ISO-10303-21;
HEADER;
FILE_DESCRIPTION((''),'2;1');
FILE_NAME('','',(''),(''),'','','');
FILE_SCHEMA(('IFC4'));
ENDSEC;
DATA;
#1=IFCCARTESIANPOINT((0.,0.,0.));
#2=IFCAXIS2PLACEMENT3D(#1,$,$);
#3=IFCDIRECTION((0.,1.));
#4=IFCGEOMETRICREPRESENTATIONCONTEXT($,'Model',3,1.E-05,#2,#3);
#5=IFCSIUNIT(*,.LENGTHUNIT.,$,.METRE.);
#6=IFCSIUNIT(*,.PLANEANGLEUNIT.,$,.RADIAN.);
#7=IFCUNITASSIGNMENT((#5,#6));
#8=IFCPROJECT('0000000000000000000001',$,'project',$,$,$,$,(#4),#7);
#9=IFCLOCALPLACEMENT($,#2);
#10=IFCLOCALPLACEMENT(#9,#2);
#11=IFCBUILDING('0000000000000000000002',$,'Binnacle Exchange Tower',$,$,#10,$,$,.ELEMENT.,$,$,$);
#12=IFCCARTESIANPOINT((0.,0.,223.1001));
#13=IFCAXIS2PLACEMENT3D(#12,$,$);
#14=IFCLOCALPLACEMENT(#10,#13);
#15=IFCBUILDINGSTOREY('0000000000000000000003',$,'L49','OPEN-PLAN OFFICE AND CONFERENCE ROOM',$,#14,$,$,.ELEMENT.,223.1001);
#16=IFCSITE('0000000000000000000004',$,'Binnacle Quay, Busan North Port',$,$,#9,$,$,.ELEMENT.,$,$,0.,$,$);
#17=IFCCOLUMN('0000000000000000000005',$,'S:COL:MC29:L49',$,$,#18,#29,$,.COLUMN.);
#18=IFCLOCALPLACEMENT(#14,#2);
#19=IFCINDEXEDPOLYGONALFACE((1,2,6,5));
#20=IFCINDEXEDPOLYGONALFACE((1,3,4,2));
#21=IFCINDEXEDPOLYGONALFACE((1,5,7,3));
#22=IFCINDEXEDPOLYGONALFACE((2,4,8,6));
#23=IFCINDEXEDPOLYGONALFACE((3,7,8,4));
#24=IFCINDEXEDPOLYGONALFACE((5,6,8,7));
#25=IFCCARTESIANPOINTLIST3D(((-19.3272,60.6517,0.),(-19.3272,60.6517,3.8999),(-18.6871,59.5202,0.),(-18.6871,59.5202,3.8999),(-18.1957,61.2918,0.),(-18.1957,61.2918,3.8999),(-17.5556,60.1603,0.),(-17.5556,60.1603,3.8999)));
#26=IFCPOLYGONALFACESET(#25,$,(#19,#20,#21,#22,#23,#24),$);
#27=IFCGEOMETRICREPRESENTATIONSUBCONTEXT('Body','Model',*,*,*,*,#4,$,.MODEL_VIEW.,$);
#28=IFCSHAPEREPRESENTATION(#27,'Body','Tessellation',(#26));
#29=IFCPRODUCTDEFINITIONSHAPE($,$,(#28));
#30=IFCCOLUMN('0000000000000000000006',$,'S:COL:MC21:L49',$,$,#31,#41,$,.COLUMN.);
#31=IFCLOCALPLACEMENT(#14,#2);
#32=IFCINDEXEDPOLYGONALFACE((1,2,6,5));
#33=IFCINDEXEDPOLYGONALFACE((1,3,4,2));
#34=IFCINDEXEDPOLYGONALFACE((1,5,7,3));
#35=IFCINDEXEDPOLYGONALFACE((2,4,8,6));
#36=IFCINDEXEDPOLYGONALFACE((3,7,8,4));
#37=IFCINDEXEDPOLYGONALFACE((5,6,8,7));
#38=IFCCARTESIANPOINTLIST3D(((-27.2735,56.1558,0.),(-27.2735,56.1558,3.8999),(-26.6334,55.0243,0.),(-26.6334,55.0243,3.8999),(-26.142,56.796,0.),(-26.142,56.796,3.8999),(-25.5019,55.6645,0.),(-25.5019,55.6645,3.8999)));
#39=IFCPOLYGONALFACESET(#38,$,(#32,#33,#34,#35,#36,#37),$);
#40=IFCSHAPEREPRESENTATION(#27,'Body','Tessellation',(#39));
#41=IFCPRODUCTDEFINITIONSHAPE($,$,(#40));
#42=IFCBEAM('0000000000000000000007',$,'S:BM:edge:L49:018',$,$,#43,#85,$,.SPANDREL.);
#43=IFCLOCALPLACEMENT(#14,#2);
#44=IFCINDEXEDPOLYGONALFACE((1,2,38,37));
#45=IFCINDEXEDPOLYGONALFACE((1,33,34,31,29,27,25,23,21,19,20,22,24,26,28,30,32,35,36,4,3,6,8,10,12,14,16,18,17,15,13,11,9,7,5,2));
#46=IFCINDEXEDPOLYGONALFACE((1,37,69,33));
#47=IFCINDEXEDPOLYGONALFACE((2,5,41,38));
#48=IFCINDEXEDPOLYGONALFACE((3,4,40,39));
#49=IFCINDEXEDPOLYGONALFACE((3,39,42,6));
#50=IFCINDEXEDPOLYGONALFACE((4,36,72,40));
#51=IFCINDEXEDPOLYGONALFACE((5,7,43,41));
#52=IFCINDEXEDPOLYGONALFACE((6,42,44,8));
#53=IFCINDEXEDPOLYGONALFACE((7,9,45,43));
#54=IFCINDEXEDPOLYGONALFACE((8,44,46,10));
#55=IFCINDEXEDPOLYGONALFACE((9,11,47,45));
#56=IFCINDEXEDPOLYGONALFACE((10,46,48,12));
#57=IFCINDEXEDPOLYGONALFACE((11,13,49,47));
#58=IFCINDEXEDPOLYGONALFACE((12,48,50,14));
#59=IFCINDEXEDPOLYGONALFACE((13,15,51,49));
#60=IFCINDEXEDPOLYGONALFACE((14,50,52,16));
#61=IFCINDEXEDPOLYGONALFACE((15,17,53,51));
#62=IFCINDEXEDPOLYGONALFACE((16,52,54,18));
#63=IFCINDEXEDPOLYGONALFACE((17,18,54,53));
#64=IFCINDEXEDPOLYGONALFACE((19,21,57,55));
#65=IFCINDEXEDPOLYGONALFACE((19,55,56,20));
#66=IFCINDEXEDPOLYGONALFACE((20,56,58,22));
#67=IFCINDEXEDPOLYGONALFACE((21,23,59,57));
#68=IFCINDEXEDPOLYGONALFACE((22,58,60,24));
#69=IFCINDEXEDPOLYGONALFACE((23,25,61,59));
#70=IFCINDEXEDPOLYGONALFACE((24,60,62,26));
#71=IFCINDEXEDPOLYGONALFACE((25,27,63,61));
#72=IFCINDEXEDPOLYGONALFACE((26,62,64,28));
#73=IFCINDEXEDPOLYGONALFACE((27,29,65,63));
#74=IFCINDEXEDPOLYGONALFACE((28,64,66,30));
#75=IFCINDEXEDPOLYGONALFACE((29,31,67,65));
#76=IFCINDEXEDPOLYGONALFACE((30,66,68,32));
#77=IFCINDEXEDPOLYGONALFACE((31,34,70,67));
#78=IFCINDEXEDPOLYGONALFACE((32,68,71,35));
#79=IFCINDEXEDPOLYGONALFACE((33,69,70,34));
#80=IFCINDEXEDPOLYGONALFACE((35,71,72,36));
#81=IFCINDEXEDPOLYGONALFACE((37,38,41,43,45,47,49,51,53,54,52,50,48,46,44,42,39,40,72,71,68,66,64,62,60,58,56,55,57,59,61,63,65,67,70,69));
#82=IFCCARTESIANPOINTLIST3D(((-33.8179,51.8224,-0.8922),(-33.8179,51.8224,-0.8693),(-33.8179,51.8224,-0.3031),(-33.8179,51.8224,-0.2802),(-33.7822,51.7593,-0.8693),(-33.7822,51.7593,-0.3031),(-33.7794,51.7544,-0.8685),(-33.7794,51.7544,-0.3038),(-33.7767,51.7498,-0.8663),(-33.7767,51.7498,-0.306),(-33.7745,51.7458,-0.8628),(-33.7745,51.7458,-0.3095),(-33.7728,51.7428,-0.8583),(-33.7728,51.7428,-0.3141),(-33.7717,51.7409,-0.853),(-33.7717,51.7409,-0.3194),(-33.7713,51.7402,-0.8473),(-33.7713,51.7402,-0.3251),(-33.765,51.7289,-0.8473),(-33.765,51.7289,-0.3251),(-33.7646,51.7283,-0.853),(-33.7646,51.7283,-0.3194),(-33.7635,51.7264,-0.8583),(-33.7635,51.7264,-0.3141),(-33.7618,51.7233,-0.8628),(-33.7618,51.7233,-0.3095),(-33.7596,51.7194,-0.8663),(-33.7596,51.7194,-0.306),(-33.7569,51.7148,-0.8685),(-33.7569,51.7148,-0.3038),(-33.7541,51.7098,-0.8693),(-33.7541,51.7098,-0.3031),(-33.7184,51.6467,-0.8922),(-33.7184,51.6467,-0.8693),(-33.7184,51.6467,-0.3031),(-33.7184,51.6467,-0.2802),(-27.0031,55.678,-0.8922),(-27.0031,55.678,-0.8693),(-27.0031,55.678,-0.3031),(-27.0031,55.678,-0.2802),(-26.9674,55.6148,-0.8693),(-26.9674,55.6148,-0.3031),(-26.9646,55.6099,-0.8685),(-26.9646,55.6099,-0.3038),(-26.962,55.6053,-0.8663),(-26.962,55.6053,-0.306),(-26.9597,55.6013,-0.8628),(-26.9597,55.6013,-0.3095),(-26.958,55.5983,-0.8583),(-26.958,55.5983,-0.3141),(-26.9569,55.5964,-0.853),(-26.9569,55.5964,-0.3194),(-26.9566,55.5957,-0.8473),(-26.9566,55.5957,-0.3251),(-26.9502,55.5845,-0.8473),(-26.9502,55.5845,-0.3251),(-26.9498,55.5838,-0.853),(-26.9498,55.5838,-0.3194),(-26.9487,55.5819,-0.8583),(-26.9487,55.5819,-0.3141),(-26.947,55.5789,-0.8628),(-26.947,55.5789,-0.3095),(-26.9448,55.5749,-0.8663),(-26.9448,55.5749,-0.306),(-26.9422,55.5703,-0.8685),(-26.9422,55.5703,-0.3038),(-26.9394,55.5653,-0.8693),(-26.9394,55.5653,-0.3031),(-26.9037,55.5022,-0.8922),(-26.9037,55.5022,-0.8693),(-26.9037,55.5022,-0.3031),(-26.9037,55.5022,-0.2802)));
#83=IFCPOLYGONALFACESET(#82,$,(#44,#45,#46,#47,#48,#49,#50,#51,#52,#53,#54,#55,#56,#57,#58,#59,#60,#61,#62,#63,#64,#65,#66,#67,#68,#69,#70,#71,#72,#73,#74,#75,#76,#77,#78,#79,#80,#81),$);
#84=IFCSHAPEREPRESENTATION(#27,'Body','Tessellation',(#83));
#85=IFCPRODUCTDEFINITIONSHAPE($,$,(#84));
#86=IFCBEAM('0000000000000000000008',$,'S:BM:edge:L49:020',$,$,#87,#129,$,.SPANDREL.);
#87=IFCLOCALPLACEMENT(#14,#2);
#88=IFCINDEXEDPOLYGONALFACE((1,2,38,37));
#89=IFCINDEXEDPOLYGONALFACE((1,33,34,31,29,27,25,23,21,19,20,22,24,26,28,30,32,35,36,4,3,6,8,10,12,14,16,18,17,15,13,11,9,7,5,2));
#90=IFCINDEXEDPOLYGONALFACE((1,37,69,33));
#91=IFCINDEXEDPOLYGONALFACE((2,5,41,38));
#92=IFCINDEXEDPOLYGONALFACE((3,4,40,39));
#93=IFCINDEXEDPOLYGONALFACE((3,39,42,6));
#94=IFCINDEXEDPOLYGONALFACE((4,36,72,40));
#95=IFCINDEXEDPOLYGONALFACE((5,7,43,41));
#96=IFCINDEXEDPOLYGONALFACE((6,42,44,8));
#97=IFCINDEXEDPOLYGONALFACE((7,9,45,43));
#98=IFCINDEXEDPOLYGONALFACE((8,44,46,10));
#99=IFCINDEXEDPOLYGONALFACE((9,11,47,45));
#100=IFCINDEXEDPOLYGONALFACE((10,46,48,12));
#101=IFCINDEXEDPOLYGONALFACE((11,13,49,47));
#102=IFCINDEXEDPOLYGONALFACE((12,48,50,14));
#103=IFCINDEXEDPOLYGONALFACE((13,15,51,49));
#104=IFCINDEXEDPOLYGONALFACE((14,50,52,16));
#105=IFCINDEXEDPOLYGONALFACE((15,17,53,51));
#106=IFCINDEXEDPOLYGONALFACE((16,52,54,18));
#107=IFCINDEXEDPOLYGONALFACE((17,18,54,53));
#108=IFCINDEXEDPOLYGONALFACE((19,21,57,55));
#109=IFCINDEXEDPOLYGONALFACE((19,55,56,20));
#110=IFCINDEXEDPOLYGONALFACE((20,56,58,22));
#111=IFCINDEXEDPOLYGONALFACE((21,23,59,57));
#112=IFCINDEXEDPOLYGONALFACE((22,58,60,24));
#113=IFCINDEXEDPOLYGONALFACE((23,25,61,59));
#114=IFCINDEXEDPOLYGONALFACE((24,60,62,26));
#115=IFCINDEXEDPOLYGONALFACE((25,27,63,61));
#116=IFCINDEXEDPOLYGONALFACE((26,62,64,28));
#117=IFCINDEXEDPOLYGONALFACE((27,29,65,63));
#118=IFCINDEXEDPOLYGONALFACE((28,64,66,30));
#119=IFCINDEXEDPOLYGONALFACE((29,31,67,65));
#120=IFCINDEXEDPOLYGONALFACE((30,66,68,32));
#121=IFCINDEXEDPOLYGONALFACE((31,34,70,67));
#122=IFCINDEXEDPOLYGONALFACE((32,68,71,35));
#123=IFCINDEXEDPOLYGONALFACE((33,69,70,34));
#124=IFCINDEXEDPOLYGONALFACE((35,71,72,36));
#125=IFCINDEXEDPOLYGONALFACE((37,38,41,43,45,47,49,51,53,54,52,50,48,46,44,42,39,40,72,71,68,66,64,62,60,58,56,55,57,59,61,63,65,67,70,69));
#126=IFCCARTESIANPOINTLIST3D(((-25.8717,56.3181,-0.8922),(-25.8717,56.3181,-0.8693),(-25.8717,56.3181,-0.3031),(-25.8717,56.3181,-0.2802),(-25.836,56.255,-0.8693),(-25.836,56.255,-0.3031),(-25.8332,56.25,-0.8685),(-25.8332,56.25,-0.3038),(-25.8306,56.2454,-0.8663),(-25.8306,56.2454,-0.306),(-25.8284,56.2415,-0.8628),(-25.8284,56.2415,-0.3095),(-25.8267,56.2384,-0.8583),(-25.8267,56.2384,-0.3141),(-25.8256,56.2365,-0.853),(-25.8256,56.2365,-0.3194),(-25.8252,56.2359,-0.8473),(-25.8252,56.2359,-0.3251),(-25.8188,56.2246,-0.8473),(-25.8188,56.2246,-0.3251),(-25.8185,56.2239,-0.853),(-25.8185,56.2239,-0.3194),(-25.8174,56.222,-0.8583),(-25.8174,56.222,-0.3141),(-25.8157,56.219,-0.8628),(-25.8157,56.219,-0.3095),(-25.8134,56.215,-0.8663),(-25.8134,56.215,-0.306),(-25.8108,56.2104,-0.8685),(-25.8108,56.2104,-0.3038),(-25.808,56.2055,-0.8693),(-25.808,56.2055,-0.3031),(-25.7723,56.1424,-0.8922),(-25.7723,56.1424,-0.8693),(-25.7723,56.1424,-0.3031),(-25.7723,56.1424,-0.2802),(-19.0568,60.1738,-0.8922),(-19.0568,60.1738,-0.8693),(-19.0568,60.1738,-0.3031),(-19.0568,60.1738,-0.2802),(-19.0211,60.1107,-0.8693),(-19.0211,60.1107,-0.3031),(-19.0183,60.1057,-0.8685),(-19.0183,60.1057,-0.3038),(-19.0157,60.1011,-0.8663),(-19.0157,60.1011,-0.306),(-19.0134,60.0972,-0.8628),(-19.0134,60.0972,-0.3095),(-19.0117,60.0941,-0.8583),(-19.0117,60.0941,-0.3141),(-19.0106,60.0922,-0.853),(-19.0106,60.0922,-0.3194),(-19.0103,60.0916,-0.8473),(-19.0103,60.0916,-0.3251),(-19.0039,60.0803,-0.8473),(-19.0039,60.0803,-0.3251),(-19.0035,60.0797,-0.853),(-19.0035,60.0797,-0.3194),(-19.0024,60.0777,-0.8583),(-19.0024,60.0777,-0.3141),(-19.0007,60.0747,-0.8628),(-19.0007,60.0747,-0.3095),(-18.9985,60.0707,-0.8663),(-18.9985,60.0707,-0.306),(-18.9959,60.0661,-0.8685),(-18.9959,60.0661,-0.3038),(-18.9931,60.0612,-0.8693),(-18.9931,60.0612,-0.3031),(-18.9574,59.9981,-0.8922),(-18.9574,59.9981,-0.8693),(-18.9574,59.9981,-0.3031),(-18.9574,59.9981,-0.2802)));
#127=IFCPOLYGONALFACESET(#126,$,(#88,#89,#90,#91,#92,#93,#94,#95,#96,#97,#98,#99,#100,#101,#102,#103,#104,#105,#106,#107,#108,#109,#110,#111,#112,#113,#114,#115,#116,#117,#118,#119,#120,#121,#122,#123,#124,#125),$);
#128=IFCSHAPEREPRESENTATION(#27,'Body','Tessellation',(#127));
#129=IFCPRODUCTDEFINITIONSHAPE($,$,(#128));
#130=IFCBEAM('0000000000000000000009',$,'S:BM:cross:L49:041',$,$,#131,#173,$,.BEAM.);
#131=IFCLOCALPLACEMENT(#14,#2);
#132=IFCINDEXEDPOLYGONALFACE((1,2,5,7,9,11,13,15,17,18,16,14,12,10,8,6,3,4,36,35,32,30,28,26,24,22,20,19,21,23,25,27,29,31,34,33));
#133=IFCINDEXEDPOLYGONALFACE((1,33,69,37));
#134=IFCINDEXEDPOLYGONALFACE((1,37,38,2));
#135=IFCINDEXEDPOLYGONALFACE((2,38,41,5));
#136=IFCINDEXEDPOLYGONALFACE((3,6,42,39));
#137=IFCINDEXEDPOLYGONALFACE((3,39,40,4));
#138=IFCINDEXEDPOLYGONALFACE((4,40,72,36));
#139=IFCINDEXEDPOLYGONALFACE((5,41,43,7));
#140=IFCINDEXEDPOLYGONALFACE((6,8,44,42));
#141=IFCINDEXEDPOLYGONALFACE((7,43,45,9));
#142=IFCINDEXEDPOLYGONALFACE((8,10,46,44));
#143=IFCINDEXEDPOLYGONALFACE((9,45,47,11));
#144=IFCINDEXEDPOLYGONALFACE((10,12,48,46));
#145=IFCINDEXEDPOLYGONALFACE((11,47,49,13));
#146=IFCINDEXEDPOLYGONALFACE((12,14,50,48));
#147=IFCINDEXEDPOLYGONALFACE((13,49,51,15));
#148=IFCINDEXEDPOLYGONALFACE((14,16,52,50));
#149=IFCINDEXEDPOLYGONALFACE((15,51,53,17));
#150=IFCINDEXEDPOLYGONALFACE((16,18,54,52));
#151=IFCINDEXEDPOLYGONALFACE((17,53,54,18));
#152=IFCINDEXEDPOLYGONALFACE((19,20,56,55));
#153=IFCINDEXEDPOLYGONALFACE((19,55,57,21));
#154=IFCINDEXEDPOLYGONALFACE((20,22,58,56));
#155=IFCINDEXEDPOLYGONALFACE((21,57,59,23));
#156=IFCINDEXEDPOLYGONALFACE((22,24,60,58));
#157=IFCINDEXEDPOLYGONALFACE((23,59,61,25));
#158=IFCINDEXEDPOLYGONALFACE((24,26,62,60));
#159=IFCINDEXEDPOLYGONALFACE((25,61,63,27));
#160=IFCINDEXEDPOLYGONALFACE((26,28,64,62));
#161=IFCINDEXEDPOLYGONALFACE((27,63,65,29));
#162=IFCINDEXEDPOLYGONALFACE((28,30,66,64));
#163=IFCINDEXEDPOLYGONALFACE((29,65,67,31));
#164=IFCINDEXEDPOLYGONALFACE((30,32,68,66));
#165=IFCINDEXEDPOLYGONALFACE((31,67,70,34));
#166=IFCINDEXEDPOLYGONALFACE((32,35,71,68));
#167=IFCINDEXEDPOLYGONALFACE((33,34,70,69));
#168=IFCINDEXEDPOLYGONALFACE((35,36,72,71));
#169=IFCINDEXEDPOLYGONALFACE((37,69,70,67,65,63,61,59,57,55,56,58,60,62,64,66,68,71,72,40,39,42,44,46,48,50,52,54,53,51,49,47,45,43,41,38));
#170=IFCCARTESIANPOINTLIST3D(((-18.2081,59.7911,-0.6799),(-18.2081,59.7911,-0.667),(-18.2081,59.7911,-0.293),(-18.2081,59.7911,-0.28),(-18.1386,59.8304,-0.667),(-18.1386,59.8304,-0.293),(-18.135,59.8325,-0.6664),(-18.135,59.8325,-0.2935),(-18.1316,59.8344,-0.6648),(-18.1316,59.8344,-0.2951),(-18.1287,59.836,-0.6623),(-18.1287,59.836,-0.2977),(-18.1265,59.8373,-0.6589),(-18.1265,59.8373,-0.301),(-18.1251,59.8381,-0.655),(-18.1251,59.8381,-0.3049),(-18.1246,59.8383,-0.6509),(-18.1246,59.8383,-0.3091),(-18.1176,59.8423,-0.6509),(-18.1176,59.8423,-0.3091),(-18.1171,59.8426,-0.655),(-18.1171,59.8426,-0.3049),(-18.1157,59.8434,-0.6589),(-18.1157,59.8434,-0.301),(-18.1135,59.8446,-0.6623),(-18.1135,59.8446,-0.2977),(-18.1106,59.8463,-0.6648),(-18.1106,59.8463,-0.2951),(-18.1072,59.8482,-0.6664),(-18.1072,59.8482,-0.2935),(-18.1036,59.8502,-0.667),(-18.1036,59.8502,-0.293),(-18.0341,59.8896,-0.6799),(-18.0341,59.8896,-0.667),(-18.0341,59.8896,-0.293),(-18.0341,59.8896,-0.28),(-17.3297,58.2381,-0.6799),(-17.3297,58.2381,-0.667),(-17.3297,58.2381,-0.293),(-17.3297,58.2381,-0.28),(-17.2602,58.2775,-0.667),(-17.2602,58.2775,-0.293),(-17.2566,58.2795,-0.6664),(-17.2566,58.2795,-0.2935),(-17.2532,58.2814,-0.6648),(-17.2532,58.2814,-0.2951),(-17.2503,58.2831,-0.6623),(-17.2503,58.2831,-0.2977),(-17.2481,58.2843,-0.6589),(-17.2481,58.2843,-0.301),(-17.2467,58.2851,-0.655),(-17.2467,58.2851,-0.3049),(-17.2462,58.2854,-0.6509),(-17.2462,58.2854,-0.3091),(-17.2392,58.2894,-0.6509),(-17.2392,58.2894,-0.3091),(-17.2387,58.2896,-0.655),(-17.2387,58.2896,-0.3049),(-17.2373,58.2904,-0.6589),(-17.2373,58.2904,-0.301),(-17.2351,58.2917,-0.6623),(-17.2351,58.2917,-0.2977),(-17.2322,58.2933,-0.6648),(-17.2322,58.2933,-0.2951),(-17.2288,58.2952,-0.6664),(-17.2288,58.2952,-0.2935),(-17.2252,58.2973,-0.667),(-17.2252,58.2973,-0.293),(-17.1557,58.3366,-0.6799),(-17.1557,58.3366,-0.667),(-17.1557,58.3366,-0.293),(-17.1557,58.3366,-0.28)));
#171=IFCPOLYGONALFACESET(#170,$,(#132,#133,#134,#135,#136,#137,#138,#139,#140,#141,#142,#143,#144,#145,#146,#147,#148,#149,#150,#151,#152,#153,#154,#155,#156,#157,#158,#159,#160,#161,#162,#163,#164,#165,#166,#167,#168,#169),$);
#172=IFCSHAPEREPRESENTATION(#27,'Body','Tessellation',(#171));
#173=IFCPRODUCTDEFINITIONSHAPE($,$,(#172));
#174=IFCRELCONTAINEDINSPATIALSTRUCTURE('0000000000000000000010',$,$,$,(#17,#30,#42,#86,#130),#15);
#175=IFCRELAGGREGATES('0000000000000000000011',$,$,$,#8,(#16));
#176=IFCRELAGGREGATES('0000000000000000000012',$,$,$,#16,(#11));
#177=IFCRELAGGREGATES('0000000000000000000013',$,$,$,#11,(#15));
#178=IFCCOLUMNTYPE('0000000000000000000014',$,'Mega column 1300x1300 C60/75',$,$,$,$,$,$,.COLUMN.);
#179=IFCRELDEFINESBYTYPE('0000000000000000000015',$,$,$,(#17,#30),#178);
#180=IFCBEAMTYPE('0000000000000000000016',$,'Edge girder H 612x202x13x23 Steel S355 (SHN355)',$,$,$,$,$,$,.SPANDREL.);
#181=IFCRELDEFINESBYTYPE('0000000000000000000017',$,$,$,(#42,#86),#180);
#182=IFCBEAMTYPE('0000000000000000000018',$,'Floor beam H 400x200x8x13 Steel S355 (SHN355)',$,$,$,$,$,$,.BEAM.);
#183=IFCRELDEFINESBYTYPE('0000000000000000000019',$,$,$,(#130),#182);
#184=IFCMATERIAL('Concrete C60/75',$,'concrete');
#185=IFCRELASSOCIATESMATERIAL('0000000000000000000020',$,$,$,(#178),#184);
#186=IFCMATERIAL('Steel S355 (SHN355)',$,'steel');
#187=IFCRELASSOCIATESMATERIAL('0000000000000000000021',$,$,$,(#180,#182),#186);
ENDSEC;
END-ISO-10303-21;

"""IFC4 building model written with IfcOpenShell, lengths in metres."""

from ifc_helpers import new_model, si_unit, direction, frame, origin, origin_2d, place, context, subcontext, project, spatial, rectangle, i_section, extrude, material, material_profile, profile_set, type_object, element, save


model = new_model("IFC4")

# Units and contexts
model_context = context("Model", 3, precision=1e-05, world=origin(), true_north=direction((0.0, 1.0)))
body_context = subcontext(model_context, "Body", "Model", "MODEL_VIEW")
ifc_project = project(units=[si_unit("LENGTHUNIT", "METRE"), si_unit("PLANEANGLEUNIT", "RADIAN")], contexts=[model_context])

# Site, building, storey
site_placement = place(None, origin())
site = spatial("IfcSite", under=ifc_project, at=site_placement, Name="Binnacle Quay, Busan North Port", CompositionType="ELEMENT", RefElevation=0.0)
building_placement = place(site_placement, origin())
building = spatial("IfcBuilding", under=site, at=building_placement, Name="Binnacle Exchange Tower", CompositionType="ELEMENT")
storey_placement = place(building_placement, frame((0.0, 0.0, 223.1001)))
storey = spatial("IfcBuildingStorey", under=building, at=storey_placement, Name="L49", Description="OPEN-PLAN OFFICE AND CONFERENCE ROOM", CompositionType="ELEMENT", Elevation=223.1001)

# Columns
ifc_material_1 = material(Name="Concrete C60/75", Category="concrete")
ifc_material_profile_1 = material_profile(ifc_material_1, rectangle(XDim=1.3, YDim=1.3, at=origin_2d()), Name="Mega column 1300x1300 C60/75")
ifc_profile_set_1 = profile_set([ifc_material_profile_1], Name="Concrete C60/75")
column_type = type_object("IfcColumnType", Name="Mega column 1300x1300 C60/75", PredefinedType="COLUMN", material=ifc_profile_set_1)
for number, where, z_axis, x_axis, name in (
    (1, (-18.4414, 60.406, 0.0), (0.0, 0.0, 1.0), (-0.870356, -0.492424, 0.0), "S:COL:MC29:L49"),
    (2, (-26.3877, 55.9102, 0.0), (0.0, 0.0, 1.0), (-0.870356, -0.492424, 0.0), "S:COL:MC21:L49"),
):
    element("IfcColumn", number, at=place(storey_placement, frame(where, z_axis=z_axis, x_axis=x_axis)), inside=storey, type_object=column_type, Name=name, PredefinedType="COLUMN", context=body_context, shape_type="SweptSolid", body=[
        extrude(rectangle(XDim=1.3, YDim=1.3, at=origin_2d()), origin(), (0.0, 0.0, 1.0), 3.8999),
    ])

# Beams
ifc_material_2 = material(Name="Steel S355 (SHN355)", Category="steel")
ifc_material_profile_2 = material_profile(ifc_material_2, i_section(OverallWidth=0.2019, OverallDepth=0.6121, WebThickness=0.0129, FlangeThickness=0.0229, FilletRadius=0.022, at=origin_2d()), Name="H 612x202x13x23")
ifc_profile_set_2 = profile_set([ifc_material_profile_2], Name="Steel S355 (SHN355)")
beam_type_1 = type_object("IfcBeamType", Name="Edge girder H 612x202x13x23 Steel S355 (SHN355)", PredefinedType="SPANDREL", material=ifc_profile_set_2)
beam_1_placement = place(storey_placement, frame((-26.9534, 55.5901, -0.5862), z_axis=(-0.870361, -0.492414, 0.0), x_axis=(0.492414, -0.870361, 0.0)))
element("IfcBeam", 3, at=beam_1_placement, inside=storey, type_object=beam_type_1, Name="S:BM:edge:L49:018", PredefinedType="SPANDREL", context=body_context, shape_type="SweptSolid", body=[
    extrude(i_section(OverallWidth=0.2019, OverallDepth=0.6121, WebThickness=0.0129, FlangeThickness=0.0229, FilletRadius=0.022, at=origin_2d()), origin(), (0.0, 0.0, 1.0), 7.8298),
])
beam_2_placement = place(storey_placement, frame((-19.0071, 60.0859, -0.5862), z_axis=(-0.870355, -0.492424, 0.0), x_axis=(0.492424, -0.870355, 0.0)))
element("IfcBeam", 4, at=beam_2_placement, inside=storey, type_object=beam_type_1, Name="S:BM:edge:L49:020", PredefinedType="SPANDREL", context=body_context, shape_type="SweptSolid", body=[
    extrude(i_section(OverallWidth=0.2019, OverallDepth=0.6121, WebThickness=0.0129, FlangeThickness=0.0229, FilletRadius=0.022, at=origin_2d()), origin(), (0.0, 0.0, 1.0), 7.8301),
])
ifc_material_profile_3 = material_profile(ifc_material_2, i_section(OverallWidth=0.2, OverallDepth=0.3999, WebThickness=0.0081, FlangeThickness=0.0129, FilletRadius=0.0161, at=origin_2d()), Name="H 400x200x8x13")
ifc_profile_set_3 = profile_set([ifc_material_profile_3], Name="Steel S355 (SHN355)")
beam_type_2 = type_object("IfcBeamType", Name="Floor beam H 400x200x8x13 Steel S355 (SHN355)", PredefinedType="BEAM", material=ifc_profile_set_3)
beam_3_placement = place(storey_placement, frame((-18.1211, 59.8403, -0.48), z_axis=(0.492332, -0.870407, 0.0), x_axis=(0.870407, 0.492332, 0.0)))
element("IfcBeam", 5, at=beam_3_placement, inside=storey, type_object=beam_type_2, Name="S:BM:cross:L49:041", PredefinedType="BEAM", context=body_context, shape_type="SweptSolid", body=[
    extrude(i_section(OverallWidth=0.2, OverallDepth=0.3999, WebThickness=0.0081, FlangeThickness=0.0129, FilletRadius=0.0161, at=origin_2d()), origin(), (0.0, 0.0, 1.0), 1.7842),
])

save(model, "model.ifc")
